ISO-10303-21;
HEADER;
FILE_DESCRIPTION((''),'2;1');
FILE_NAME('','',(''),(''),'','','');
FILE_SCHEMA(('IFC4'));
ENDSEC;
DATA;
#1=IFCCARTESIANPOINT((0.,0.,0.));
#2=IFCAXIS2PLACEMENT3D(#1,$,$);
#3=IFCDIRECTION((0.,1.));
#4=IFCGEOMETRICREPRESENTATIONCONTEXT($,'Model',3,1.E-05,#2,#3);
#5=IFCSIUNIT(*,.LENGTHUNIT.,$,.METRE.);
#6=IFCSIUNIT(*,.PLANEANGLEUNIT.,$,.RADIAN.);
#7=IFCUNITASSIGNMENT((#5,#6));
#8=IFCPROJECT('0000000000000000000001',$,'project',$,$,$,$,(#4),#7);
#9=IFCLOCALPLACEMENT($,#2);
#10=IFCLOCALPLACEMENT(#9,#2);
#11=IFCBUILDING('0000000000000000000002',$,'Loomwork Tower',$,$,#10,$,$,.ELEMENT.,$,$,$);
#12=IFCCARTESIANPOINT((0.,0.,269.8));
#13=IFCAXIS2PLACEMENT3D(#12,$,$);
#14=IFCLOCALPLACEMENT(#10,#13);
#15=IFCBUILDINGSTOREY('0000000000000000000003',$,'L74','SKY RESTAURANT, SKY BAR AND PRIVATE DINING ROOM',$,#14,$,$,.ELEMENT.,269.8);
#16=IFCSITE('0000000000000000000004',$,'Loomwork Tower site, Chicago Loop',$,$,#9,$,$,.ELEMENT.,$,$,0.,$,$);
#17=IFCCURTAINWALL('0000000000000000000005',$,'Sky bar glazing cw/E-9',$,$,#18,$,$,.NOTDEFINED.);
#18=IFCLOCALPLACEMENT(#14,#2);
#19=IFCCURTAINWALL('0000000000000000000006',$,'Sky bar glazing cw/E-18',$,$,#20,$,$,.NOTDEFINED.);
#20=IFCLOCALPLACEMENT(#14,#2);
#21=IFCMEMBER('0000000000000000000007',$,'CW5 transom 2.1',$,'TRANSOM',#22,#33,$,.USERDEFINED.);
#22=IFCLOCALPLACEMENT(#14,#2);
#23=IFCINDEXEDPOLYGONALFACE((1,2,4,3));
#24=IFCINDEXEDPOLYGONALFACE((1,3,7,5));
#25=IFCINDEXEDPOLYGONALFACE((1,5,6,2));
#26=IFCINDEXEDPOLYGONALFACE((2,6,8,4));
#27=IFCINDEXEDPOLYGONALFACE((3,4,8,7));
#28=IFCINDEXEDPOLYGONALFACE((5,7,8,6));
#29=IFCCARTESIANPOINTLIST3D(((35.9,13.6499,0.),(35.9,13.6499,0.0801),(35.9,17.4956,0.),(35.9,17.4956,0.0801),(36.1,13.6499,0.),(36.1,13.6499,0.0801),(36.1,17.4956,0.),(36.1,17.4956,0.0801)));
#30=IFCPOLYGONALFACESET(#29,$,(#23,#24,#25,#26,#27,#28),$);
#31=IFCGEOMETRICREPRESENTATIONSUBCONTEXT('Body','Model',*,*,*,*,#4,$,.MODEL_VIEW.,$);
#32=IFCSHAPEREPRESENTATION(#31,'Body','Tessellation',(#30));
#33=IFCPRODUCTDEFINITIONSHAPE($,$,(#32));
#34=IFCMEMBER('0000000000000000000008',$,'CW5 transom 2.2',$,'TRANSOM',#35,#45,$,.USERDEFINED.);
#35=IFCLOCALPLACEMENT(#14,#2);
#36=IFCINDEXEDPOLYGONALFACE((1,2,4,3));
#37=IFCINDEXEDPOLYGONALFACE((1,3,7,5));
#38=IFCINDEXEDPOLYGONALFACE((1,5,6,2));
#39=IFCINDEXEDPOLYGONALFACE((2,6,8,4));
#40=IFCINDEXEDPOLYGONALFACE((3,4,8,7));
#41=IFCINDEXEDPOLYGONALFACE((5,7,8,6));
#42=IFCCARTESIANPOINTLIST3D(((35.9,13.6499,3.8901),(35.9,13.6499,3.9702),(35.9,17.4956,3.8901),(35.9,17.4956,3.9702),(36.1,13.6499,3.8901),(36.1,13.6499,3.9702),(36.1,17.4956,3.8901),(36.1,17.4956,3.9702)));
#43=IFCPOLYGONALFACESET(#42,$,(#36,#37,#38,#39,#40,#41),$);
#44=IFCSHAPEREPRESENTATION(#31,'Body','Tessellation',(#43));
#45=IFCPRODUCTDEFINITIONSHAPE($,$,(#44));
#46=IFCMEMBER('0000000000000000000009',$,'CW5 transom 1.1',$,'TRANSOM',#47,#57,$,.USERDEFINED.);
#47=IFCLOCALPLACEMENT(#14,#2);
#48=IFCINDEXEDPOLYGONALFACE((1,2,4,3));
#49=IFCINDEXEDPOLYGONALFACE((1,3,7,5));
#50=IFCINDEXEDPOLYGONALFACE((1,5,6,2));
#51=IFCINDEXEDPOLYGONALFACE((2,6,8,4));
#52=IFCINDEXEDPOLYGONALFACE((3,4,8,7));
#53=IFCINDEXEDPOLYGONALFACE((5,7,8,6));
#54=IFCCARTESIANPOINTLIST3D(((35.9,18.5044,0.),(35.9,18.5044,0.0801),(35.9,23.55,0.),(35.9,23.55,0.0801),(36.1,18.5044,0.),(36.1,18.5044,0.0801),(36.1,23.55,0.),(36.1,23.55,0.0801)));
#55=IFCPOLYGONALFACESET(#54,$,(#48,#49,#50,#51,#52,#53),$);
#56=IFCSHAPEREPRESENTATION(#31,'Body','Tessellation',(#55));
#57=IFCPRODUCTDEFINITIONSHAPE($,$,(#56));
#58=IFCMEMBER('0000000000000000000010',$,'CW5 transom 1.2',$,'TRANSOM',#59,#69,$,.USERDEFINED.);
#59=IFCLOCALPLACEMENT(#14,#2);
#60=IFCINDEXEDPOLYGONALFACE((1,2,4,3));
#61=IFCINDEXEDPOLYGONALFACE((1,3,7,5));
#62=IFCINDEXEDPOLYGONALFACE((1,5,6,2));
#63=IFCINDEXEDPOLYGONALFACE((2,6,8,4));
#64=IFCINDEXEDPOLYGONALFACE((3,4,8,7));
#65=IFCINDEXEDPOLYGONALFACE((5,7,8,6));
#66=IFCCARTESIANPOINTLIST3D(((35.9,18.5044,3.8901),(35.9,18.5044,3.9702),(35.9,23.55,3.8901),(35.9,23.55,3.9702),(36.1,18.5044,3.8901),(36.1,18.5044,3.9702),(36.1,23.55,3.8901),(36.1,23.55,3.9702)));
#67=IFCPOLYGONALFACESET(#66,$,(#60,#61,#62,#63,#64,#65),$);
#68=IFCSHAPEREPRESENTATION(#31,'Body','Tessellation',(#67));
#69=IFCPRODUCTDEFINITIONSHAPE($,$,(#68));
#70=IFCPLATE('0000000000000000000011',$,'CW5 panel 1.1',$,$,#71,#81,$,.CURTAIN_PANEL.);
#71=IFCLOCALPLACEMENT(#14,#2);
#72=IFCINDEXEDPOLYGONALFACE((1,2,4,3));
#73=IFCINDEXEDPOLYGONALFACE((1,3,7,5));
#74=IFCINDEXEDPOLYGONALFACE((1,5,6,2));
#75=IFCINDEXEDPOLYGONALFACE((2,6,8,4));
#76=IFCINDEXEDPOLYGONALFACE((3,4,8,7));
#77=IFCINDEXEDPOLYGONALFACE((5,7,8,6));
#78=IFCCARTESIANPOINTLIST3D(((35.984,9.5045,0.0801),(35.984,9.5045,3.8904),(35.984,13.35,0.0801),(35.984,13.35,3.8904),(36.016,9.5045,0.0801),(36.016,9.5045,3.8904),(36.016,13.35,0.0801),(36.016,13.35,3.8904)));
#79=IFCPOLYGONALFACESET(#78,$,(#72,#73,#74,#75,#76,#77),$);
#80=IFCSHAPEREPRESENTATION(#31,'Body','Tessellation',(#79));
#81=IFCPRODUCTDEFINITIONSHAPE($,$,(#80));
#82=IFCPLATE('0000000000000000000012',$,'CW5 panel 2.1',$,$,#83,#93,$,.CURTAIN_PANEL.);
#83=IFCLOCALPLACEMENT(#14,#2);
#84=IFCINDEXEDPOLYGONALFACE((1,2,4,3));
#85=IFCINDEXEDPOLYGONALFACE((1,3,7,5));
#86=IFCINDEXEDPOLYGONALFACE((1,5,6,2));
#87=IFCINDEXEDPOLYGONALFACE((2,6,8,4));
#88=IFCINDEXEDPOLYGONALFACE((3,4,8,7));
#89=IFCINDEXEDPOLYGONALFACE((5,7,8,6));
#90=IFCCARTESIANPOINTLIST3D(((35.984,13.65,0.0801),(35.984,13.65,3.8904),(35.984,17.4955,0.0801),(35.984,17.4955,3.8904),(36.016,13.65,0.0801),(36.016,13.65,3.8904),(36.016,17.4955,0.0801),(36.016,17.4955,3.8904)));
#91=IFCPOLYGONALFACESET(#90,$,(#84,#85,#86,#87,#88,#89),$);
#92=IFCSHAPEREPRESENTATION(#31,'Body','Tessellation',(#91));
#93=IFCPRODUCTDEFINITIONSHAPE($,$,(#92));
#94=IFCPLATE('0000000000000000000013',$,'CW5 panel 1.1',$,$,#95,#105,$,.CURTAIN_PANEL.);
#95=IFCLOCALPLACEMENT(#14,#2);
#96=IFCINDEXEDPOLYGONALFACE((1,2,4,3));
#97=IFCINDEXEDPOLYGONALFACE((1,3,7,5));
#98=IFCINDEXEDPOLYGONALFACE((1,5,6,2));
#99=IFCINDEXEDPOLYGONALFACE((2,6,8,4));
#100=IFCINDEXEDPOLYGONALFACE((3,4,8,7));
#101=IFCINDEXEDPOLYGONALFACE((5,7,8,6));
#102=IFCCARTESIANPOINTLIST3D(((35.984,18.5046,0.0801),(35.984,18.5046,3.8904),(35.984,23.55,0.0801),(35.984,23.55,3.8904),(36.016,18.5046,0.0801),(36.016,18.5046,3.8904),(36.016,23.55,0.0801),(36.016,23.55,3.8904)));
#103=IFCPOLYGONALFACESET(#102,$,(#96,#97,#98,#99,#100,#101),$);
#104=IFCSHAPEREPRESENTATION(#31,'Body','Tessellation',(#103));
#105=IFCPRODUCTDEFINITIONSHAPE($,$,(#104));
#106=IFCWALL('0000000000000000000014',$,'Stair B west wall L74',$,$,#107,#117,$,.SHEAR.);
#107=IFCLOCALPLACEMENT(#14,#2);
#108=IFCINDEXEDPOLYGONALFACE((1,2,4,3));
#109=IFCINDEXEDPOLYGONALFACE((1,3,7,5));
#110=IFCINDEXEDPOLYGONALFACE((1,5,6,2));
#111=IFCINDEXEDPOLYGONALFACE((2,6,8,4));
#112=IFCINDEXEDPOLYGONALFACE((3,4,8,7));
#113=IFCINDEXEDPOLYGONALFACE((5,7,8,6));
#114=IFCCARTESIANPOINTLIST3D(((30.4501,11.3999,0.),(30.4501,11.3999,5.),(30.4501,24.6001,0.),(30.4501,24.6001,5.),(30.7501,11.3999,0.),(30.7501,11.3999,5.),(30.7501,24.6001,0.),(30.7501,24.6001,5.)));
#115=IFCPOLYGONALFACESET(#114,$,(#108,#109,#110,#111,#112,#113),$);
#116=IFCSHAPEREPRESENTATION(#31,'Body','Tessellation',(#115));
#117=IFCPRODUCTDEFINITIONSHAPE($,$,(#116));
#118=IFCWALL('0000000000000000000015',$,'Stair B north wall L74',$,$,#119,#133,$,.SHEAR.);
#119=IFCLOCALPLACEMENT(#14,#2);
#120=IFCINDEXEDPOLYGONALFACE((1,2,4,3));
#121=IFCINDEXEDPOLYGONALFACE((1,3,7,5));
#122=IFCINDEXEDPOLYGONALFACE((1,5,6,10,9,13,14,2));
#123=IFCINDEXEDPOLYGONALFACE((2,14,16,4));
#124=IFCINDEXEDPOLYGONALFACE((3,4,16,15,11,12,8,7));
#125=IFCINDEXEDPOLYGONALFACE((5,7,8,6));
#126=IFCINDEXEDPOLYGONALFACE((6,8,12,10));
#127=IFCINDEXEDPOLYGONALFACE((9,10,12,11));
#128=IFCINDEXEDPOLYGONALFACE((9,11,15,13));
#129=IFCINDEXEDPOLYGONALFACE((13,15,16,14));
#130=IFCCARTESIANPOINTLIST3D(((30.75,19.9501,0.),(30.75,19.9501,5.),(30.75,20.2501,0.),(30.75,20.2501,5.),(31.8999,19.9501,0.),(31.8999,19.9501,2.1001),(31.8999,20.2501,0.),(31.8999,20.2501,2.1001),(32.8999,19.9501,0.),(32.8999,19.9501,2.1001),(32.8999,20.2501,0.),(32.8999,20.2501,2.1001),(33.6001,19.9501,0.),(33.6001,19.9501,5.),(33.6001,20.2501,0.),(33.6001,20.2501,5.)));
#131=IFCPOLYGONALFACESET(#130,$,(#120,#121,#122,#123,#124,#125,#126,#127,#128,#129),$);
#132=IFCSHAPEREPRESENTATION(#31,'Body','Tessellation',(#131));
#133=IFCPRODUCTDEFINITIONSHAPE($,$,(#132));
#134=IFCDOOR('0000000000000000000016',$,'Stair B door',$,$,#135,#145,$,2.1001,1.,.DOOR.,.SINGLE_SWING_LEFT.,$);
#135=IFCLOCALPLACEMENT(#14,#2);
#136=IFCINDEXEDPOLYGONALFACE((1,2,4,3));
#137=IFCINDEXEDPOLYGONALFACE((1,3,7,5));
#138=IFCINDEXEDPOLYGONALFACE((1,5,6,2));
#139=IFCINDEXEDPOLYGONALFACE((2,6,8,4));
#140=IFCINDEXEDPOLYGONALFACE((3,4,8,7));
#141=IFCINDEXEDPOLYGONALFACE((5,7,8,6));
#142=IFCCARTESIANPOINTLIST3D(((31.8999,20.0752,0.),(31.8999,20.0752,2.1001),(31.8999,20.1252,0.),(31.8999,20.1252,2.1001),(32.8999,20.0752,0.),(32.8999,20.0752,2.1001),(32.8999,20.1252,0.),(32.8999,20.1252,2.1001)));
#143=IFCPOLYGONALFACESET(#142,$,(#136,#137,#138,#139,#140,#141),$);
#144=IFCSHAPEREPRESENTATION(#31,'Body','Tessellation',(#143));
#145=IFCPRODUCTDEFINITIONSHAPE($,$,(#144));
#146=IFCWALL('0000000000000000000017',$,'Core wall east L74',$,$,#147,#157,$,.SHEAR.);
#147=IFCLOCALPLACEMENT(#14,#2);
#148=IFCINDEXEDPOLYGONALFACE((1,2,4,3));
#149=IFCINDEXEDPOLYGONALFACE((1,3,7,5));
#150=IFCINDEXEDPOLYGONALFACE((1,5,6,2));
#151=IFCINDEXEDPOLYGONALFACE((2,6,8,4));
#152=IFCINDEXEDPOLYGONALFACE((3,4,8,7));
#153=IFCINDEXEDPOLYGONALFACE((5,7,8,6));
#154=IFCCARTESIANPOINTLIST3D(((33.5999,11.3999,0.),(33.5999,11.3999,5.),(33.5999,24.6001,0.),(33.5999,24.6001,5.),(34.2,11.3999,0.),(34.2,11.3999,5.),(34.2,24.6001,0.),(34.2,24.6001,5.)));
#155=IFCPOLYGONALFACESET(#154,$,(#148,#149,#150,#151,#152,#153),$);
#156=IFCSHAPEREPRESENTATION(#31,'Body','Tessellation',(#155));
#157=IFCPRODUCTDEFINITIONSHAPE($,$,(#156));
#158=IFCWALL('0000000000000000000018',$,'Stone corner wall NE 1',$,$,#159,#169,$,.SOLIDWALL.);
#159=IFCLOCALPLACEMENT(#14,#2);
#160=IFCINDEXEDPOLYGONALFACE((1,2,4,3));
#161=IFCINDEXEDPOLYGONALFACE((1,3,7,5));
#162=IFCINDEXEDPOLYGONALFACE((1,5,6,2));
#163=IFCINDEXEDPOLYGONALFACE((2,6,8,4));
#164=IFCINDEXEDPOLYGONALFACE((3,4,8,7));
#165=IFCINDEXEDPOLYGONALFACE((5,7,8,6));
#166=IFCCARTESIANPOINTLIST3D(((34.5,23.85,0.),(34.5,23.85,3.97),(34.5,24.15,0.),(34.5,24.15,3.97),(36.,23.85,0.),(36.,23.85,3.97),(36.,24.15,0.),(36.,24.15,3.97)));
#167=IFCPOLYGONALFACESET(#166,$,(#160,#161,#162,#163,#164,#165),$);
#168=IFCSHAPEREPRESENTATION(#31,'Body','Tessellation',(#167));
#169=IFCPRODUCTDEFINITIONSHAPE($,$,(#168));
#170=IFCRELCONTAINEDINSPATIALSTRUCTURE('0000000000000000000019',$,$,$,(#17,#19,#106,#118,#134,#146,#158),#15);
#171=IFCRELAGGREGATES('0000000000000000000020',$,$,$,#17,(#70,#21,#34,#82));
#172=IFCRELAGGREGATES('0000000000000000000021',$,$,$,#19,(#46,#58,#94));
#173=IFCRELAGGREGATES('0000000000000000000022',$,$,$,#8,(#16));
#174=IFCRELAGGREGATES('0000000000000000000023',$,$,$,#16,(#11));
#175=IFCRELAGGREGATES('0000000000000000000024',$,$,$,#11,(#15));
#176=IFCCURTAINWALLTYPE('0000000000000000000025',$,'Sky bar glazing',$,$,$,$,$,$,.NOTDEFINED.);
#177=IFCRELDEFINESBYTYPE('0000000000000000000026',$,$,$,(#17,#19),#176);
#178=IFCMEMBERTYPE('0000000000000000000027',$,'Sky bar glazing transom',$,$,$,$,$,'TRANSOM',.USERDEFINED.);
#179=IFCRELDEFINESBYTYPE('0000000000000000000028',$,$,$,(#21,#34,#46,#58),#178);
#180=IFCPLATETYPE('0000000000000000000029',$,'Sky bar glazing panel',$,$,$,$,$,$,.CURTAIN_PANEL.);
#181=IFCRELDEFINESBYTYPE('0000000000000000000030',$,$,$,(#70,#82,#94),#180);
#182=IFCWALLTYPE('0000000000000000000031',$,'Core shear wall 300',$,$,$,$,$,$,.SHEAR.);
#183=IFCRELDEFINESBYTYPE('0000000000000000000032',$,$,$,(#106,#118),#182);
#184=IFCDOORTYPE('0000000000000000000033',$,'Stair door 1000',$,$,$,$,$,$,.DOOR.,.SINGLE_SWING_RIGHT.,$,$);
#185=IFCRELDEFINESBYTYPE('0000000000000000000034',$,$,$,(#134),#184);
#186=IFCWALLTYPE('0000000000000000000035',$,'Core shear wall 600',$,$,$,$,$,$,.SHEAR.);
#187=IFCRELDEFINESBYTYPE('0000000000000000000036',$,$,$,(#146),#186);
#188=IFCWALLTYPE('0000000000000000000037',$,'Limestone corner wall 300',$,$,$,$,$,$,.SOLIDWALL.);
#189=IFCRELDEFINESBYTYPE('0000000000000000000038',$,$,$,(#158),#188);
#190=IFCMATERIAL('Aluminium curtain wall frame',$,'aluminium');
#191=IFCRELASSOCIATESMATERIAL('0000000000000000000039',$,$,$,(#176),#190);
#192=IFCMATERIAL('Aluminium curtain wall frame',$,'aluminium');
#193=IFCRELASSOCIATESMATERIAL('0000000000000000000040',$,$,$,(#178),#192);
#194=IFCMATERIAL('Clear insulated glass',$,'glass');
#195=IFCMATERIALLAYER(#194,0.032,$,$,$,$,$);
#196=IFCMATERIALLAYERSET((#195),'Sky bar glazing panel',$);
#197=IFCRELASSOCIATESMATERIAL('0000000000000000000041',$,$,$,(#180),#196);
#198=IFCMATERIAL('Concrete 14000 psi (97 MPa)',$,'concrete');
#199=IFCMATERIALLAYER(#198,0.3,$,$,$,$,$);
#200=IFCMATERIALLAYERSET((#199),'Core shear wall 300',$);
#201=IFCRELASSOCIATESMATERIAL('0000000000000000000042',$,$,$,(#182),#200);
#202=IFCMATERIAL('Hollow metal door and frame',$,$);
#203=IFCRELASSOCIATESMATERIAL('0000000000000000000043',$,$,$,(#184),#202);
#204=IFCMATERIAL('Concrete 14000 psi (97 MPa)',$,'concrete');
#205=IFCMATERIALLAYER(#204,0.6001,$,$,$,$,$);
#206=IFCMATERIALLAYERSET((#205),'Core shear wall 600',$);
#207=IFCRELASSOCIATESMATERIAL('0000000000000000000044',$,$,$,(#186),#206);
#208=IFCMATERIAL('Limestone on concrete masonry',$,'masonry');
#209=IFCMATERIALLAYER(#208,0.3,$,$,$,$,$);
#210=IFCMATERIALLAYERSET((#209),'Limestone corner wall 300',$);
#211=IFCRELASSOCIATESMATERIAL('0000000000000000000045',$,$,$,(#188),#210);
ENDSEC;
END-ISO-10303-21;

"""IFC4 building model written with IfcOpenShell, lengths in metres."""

from ifc_helpers import new_model, si_unit, direction, frame, frame_2d, origin, origin_2d, place, context, subcontext, project, spatial, rectangle, extrude, material, layer, layer_set, material_profile, profile_set, type_object, element, fill, aggregate, save


model = new_model("IFC4")

# Units and contexts
model_context = context("Model", 3, precision=1e-05, world=origin(), true_north=direction((0.0, 1.0)))
body_context = subcontext(model_context, "Body", "Model", "MODEL_VIEW")
ifc_project = project(units=[si_unit("LENGTHUNIT", "METRE"), si_unit("PLANEANGLEUNIT", "RADIAN")], contexts=[model_context])

# Site, building, storey
site_placement = place(None, origin())
site = spatial("IfcSite", under=ifc_project, at=site_placement, Name="Loomwork Tower site, Chicago Loop", CompositionType="ELEMENT", RefElevation=0.0)
building_placement = place(site_placement, origin())
building = spatial("IfcBuilding", under=site, at=building_placement, Name="Loomwork Tower", CompositionType="ELEMENT")
storey_placement = place(building_placement, frame((0.0, 0.0, 269.8)))
storey = spatial("IfcBuildingStorey", under=building, at=storey_placement, Name="L74", Description="SKY RESTAURANT, SKY BAR AND PRIVATE DINING ROOM", CompositionType="ELEMENT", Elevation=269.8)

# Shared definitions
ifc_material_1 = material(Name="Aluminium curtain wall frame", Category="aluminium")
curtain_wall_type = type_object("IfcCurtainWallType", Name="Sky bar glazing", PredefinedType="NOTDEFINED", material=ifc_material_1)

# Curtain walls
curtain_wall_1_placement = place(storey_placement, origin())
curtain_wall_1 = element("IfcCurtainWall", 1, at=curtain_wall_1_placement, inside=storey, type_object=curtain_wall_type, Name="Sky bar glazing cw/E-9", PredefinedType="NOTDEFINED")
curtain_wall_2_placement = place(storey_placement, origin())
curtain_wall_2 = element("IfcCurtainWall", 2, at=curtain_wall_2_placement, inside=storey, type_object=curtain_wall_type, Name="Sky bar glazing cw/E-18", PredefinedType="NOTDEFINED")

# Members
ifc_material_2 = material(Name="Aluminium curtain wall frame", Category="aluminium")
ifc_material_profile_1 = material_profile(ifc_material_2, rectangle(XDim=0.2, YDim=0.0801, at=origin_2d()), Name="AL 80x200")
ifc_profile_set_1 = profile_set([ifc_material_profile_1], Name="Aluminium curtain wall frame")
member_type_1 = type_object("IfcMemberType", Name="Sky bar glazing transom", ElementType="TRANSOM", PredefinedType="USERDEFINED", material=ifc_profile_set_1)
member_1_placement = place(storey_placement, frame((36.0, 13.6499, 0.04), z_axis=(0.0, 1.0, 0.0), x_axis=(-1.0, 0.0, 0.0)))
member_1 = element("IfcMember", 3, at=member_1_placement, type_object=member_type_1, Name="CW5 transom 2.1", ObjectType="TRANSOM", PredefinedType="USERDEFINED", context=body_context, shape_type="SweptSolid", body=[
    extrude(rectangle(XDim=0.2, YDim=0.0801, at=origin_2d()), origin(), (0.0, 0.0, 1.0), 3.8457),
])
member_2_placement = place(storey_placement, frame((36.0, 13.6499, 3.9302), z_axis=(0.0, 1.0, 0.0), x_axis=(-1.0, 0.0, 0.0)))
member_2 = element("IfcMember", 4, at=member_2_placement, type_object=member_type_1, Name="CW5 transom 2.2", ObjectType="TRANSOM", PredefinedType="USERDEFINED", context=body_context, shape_type="SweptSolid", body=[
    extrude(rectangle(XDim=0.2, YDim=0.0801, at=origin_2d()), origin(), (0.0, 0.0, 1.0), 3.8457),
])
member_3_placement = place(storey_placement, frame((36.0, 18.5044, 0.04), z_axis=(0.0, 1.0, 0.0), x_axis=(-1.0, 0.0, 0.0)))
member_3 = element("IfcMember", 5, at=member_3_placement, type_object=member_type_1, Name="CW5 transom 1.1", ObjectType="TRANSOM", PredefinedType="USERDEFINED", context=body_context, shape_type="SweptSolid", body=[
    extrude(rectangle(XDim=0.2, YDim=0.0801, at=origin_2d()), origin(), (0.0, 0.0, 1.0), 5.0457),
])
member_4_placement = place(storey_placement, frame((36.0, 18.5044, 3.9302), z_axis=(0.0, 1.0, 0.0), x_axis=(-1.0, 0.0, 0.0)))
member_4 = element("IfcMember", 6, at=member_4_placement, type_object=member_type_1, Name="CW5 transom 1.2", ObjectType="TRANSOM", PredefinedType="USERDEFINED", context=body_context, shape_type="SweptSolid", body=[
    extrude(rectangle(XDim=0.2, YDim=0.0801, at=origin_2d()), origin(), (0.0, 0.0, 1.0), 5.0457),
])

# Plates
ifc_material_3 = material(Name="Clear insulated glass", Category="glass")
ifc_layer_1 = layer(ifc_material_3, 0.032)
ifc_layer_set_1 = layer_set([ifc_layer_1], Name="Sky bar glazing panel")
plate_type = type_object("IfcPlateType", Name="Sky bar glazing panel", PredefinedType="CURTAIN_PANEL", material=ifc_layer_set_1)
plate_1_placement = place(storey_placement, frame((36.0, 11.4272, 0.0801), z_axis=(0.0, 0.0, 1.0), x_axis=(0.0, 1.0, 0.0)))
plate_1 = element("IfcPlate", 7, at=plate_1_placement, type_object=plate_type, Name="CW5 panel 1.1", PredefinedType="CURTAIN_PANEL", context=body_context, shape_type="SweptSolid", body=[
    extrude(rectangle(XDim=3.8455, YDim=0.032, at=origin_2d()), origin(), (0.0, 0.0, 1.0), 3.8103),
])
plate_2_placement = place(storey_placement, frame((36.0, 15.5728, 0.0801), z_axis=(0.0, 0.0, 1.0), x_axis=(0.0, 1.0, 0.0)))
plate_2 = element("IfcPlate", 8, at=plate_2_placement, type_object=plate_type, Name="CW5 panel 2.1", PredefinedType="CURTAIN_PANEL", context=body_context, shape_type="SweptSolid", body=[
    extrude(rectangle(XDim=3.8455, YDim=0.032, at=origin_2d()), origin(), (0.0, 0.0, 1.0), 3.8103),
])
aggregate(curtain_wall_1, [plate_1, member_1, member_2, plate_2])
plate_3_placement = place(storey_placement, frame((36.0, 21.0273, 0.0801), z_axis=(0.0, 0.0, 1.0), x_axis=(0.0, 1.0, 0.0)))
plate_3 = element("IfcPlate", 9, at=plate_3_placement, type_object=plate_type, Name="CW5 panel 1.1", PredefinedType="CURTAIN_PANEL", context=body_context, shape_type="SweptSolid", body=[
    extrude(rectangle(XDim=5.0454, YDim=0.032, at=origin_2d()), origin(), (0.0, 0.0, 1.0), 3.8103),
])
aggregate(curtain_wall_2, [member_3, member_4, plate_3])

# Wall
ifc_material_4 = material(Name="Concrete 14000 psi (97 MPa)", Category="concrete")
ifc_layer_2 = layer(ifc_material_4, 0.3)
ifc_layer_set_2 = layer_set([ifc_layer_2], Name="Core shear wall 300")
wall_type_1 = type_object("IfcWallType", Name="Core shear wall 300", PredefinedType="SHEAR", material=ifc_layer_set_2)
wall_1_placement = place(storey_placement, frame((30.6001, 11.3999, 0.0), z_axis=(0.0, 0.0, 1.0), x_axis=(0.0, 1.0, 0.0)))
element("IfcWall", 10, at=wall_1_placement, inside=storey, type_object=wall_type_1, Name="Stair B west wall L74", PredefinedType="SHEAR", context=body_context, shape_type="SweptSolid", body=[
    extrude(rectangle(XDim=13.2002, YDim=0.3, at=frame_2d((6.6001, 0.0))), origin(), (0.0, 0.0, 1.0), 5.0),
])

# Wall, opening, door
wall_2_placement = place(storey_placement, frame((30.75, 20.1001, 0.0), z_axis=(0.0, 0.0, 1.0), x_axis=(1.0, 0.0, 0.0)))
wall_2 = element("IfcWall", 11, at=wall_2_placement, inside=storey, type_object=wall_type_1, Name="Stair B north wall L74", PredefinedType="SHEAR", context=body_context, shape_type="SweptSolid", body=[
    extrude(rectangle(XDim=2.8501, YDim=0.3, at=frame_2d((1.425, 0.0))), origin(), (0.0, 0.0, 1.0), 5.0),
])
opening_1_placement = place(wall_2_placement, frame((1.1499, 0.0, 0.0)))
opening_1 = element("IfcOpeningElement", 12, at=opening_1_placement, cuts=wall_2, PredefinedType="OPENING", context=body_context, shape_type="SweptSolid", body=[
    extrude(rectangle(XDim=1.0, YDim=2.1001, at=frame_2d((0.5, 1.05))), frame((0.0, 0.1599, 0.0), z_axis=(0.0, -1.0, 0.0), x_axis=(1.0, 0.0, 0.0)), (0.0, 0.0, 1.0), 0.3201),
])
ifc_material_5 = material(Name="Hollow metal door and frame")
door_type = type_object("IfcDoorType", Name="Stair door 1000", OperationType="SINGLE_SWING_RIGHT", PredefinedType="DOOR", material=ifc_material_5)
door_placement = place(opening_1_placement, frame((1.0, 0.0, 0.0), z_axis=(0.0, 0.0, 1.0), x_axis=(-1.0, 0.0, 0.0)))
door = element("IfcDoor", 13, at=door_placement, inside=storey, type_object=door_type, Name="Stair B door", OperationType="SINGLE_SWING_LEFT", OverallHeight=2.1001, OverallWidth=1.0, PredefinedType="DOOR", context=body_context, shape_type="SweptSolid", body=[
    extrude(rectangle(XDim=1.0, YDim=2.1001, at=frame_2d((0.5, 1.05))), frame((0.0, 0.0249, 0.0), z_axis=(0.0, -1.0, 0.0), x_axis=(1.0, 0.0, 0.0)), (0.0, 0.0, 1.0), 0.05),
])
fill(opening_1, door)

# Walls
ifc_material_6 = material(Name="Concrete 14000 psi (97 MPa)", Category="concrete")
ifc_layer_3 = layer(ifc_material_6, 0.6001)
ifc_layer_set_3 = layer_set([ifc_layer_3], Name="Core shear wall 600")
wall_type_2 = type_object("IfcWallType", Name="Core shear wall 600", PredefinedType="SHEAR", material=ifc_layer_set_3)
wall_3_placement = place(storey_placement, frame((33.8999, 11.3999, 0.0), z_axis=(0.0, 0.0, 1.0), x_axis=(0.0, 1.0, 0.0)))
element("IfcWall", 14, at=wall_3_placement, inside=storey, type_object=wall_type_2, Name="Core wall east L74", PredefinedType="SHEAR", context=body_context, shape_type="SweptSolid", body=[
    extrude(rectangle(XDim=13.2002, YDim=0.6001, at=frame_2d((6.6001, 0.0))), origin(), (0.0, 0.0, 1.0), 5.0),
])
ifc_material_7 = material(Name="Limestone on concrete masonry", Category="masonry")
ifc_layer_4 = layer(ifc_material_7, 0.3)
ifc_layer_set_4 = layer_set([ifc_layer_4], Name="Limestone corner wall 300")
wall_type_3 = type_object("IfcWallType", Name="Limestone corner wall 300", PredefinedType="SOLIDWALL", material=ifc_layer_set_4)
wall_4_placement = place(storey_placement, frame((36.0, 24.0, 0.0), z_axis=(0.0, 0.0, 1.0), x_axis=(-1.0, 0.0, 0.0)))
element("IfcWall", 15, at=wall_4_placement, inside=storey, type_object=wall_type_3, Name="Stone corner wall NE 1", PredefinedType="SOLIDWALL", context=body_context, shape_type="SweptSolid", body=[
    extrude(rectangle(XDim=1.5, YDim=0.3, at=frame_2d((0.75, 0.0))), origin(), (0.0, 0.0, 1.0), 3.97),
])

save(model, "model.ifc")
